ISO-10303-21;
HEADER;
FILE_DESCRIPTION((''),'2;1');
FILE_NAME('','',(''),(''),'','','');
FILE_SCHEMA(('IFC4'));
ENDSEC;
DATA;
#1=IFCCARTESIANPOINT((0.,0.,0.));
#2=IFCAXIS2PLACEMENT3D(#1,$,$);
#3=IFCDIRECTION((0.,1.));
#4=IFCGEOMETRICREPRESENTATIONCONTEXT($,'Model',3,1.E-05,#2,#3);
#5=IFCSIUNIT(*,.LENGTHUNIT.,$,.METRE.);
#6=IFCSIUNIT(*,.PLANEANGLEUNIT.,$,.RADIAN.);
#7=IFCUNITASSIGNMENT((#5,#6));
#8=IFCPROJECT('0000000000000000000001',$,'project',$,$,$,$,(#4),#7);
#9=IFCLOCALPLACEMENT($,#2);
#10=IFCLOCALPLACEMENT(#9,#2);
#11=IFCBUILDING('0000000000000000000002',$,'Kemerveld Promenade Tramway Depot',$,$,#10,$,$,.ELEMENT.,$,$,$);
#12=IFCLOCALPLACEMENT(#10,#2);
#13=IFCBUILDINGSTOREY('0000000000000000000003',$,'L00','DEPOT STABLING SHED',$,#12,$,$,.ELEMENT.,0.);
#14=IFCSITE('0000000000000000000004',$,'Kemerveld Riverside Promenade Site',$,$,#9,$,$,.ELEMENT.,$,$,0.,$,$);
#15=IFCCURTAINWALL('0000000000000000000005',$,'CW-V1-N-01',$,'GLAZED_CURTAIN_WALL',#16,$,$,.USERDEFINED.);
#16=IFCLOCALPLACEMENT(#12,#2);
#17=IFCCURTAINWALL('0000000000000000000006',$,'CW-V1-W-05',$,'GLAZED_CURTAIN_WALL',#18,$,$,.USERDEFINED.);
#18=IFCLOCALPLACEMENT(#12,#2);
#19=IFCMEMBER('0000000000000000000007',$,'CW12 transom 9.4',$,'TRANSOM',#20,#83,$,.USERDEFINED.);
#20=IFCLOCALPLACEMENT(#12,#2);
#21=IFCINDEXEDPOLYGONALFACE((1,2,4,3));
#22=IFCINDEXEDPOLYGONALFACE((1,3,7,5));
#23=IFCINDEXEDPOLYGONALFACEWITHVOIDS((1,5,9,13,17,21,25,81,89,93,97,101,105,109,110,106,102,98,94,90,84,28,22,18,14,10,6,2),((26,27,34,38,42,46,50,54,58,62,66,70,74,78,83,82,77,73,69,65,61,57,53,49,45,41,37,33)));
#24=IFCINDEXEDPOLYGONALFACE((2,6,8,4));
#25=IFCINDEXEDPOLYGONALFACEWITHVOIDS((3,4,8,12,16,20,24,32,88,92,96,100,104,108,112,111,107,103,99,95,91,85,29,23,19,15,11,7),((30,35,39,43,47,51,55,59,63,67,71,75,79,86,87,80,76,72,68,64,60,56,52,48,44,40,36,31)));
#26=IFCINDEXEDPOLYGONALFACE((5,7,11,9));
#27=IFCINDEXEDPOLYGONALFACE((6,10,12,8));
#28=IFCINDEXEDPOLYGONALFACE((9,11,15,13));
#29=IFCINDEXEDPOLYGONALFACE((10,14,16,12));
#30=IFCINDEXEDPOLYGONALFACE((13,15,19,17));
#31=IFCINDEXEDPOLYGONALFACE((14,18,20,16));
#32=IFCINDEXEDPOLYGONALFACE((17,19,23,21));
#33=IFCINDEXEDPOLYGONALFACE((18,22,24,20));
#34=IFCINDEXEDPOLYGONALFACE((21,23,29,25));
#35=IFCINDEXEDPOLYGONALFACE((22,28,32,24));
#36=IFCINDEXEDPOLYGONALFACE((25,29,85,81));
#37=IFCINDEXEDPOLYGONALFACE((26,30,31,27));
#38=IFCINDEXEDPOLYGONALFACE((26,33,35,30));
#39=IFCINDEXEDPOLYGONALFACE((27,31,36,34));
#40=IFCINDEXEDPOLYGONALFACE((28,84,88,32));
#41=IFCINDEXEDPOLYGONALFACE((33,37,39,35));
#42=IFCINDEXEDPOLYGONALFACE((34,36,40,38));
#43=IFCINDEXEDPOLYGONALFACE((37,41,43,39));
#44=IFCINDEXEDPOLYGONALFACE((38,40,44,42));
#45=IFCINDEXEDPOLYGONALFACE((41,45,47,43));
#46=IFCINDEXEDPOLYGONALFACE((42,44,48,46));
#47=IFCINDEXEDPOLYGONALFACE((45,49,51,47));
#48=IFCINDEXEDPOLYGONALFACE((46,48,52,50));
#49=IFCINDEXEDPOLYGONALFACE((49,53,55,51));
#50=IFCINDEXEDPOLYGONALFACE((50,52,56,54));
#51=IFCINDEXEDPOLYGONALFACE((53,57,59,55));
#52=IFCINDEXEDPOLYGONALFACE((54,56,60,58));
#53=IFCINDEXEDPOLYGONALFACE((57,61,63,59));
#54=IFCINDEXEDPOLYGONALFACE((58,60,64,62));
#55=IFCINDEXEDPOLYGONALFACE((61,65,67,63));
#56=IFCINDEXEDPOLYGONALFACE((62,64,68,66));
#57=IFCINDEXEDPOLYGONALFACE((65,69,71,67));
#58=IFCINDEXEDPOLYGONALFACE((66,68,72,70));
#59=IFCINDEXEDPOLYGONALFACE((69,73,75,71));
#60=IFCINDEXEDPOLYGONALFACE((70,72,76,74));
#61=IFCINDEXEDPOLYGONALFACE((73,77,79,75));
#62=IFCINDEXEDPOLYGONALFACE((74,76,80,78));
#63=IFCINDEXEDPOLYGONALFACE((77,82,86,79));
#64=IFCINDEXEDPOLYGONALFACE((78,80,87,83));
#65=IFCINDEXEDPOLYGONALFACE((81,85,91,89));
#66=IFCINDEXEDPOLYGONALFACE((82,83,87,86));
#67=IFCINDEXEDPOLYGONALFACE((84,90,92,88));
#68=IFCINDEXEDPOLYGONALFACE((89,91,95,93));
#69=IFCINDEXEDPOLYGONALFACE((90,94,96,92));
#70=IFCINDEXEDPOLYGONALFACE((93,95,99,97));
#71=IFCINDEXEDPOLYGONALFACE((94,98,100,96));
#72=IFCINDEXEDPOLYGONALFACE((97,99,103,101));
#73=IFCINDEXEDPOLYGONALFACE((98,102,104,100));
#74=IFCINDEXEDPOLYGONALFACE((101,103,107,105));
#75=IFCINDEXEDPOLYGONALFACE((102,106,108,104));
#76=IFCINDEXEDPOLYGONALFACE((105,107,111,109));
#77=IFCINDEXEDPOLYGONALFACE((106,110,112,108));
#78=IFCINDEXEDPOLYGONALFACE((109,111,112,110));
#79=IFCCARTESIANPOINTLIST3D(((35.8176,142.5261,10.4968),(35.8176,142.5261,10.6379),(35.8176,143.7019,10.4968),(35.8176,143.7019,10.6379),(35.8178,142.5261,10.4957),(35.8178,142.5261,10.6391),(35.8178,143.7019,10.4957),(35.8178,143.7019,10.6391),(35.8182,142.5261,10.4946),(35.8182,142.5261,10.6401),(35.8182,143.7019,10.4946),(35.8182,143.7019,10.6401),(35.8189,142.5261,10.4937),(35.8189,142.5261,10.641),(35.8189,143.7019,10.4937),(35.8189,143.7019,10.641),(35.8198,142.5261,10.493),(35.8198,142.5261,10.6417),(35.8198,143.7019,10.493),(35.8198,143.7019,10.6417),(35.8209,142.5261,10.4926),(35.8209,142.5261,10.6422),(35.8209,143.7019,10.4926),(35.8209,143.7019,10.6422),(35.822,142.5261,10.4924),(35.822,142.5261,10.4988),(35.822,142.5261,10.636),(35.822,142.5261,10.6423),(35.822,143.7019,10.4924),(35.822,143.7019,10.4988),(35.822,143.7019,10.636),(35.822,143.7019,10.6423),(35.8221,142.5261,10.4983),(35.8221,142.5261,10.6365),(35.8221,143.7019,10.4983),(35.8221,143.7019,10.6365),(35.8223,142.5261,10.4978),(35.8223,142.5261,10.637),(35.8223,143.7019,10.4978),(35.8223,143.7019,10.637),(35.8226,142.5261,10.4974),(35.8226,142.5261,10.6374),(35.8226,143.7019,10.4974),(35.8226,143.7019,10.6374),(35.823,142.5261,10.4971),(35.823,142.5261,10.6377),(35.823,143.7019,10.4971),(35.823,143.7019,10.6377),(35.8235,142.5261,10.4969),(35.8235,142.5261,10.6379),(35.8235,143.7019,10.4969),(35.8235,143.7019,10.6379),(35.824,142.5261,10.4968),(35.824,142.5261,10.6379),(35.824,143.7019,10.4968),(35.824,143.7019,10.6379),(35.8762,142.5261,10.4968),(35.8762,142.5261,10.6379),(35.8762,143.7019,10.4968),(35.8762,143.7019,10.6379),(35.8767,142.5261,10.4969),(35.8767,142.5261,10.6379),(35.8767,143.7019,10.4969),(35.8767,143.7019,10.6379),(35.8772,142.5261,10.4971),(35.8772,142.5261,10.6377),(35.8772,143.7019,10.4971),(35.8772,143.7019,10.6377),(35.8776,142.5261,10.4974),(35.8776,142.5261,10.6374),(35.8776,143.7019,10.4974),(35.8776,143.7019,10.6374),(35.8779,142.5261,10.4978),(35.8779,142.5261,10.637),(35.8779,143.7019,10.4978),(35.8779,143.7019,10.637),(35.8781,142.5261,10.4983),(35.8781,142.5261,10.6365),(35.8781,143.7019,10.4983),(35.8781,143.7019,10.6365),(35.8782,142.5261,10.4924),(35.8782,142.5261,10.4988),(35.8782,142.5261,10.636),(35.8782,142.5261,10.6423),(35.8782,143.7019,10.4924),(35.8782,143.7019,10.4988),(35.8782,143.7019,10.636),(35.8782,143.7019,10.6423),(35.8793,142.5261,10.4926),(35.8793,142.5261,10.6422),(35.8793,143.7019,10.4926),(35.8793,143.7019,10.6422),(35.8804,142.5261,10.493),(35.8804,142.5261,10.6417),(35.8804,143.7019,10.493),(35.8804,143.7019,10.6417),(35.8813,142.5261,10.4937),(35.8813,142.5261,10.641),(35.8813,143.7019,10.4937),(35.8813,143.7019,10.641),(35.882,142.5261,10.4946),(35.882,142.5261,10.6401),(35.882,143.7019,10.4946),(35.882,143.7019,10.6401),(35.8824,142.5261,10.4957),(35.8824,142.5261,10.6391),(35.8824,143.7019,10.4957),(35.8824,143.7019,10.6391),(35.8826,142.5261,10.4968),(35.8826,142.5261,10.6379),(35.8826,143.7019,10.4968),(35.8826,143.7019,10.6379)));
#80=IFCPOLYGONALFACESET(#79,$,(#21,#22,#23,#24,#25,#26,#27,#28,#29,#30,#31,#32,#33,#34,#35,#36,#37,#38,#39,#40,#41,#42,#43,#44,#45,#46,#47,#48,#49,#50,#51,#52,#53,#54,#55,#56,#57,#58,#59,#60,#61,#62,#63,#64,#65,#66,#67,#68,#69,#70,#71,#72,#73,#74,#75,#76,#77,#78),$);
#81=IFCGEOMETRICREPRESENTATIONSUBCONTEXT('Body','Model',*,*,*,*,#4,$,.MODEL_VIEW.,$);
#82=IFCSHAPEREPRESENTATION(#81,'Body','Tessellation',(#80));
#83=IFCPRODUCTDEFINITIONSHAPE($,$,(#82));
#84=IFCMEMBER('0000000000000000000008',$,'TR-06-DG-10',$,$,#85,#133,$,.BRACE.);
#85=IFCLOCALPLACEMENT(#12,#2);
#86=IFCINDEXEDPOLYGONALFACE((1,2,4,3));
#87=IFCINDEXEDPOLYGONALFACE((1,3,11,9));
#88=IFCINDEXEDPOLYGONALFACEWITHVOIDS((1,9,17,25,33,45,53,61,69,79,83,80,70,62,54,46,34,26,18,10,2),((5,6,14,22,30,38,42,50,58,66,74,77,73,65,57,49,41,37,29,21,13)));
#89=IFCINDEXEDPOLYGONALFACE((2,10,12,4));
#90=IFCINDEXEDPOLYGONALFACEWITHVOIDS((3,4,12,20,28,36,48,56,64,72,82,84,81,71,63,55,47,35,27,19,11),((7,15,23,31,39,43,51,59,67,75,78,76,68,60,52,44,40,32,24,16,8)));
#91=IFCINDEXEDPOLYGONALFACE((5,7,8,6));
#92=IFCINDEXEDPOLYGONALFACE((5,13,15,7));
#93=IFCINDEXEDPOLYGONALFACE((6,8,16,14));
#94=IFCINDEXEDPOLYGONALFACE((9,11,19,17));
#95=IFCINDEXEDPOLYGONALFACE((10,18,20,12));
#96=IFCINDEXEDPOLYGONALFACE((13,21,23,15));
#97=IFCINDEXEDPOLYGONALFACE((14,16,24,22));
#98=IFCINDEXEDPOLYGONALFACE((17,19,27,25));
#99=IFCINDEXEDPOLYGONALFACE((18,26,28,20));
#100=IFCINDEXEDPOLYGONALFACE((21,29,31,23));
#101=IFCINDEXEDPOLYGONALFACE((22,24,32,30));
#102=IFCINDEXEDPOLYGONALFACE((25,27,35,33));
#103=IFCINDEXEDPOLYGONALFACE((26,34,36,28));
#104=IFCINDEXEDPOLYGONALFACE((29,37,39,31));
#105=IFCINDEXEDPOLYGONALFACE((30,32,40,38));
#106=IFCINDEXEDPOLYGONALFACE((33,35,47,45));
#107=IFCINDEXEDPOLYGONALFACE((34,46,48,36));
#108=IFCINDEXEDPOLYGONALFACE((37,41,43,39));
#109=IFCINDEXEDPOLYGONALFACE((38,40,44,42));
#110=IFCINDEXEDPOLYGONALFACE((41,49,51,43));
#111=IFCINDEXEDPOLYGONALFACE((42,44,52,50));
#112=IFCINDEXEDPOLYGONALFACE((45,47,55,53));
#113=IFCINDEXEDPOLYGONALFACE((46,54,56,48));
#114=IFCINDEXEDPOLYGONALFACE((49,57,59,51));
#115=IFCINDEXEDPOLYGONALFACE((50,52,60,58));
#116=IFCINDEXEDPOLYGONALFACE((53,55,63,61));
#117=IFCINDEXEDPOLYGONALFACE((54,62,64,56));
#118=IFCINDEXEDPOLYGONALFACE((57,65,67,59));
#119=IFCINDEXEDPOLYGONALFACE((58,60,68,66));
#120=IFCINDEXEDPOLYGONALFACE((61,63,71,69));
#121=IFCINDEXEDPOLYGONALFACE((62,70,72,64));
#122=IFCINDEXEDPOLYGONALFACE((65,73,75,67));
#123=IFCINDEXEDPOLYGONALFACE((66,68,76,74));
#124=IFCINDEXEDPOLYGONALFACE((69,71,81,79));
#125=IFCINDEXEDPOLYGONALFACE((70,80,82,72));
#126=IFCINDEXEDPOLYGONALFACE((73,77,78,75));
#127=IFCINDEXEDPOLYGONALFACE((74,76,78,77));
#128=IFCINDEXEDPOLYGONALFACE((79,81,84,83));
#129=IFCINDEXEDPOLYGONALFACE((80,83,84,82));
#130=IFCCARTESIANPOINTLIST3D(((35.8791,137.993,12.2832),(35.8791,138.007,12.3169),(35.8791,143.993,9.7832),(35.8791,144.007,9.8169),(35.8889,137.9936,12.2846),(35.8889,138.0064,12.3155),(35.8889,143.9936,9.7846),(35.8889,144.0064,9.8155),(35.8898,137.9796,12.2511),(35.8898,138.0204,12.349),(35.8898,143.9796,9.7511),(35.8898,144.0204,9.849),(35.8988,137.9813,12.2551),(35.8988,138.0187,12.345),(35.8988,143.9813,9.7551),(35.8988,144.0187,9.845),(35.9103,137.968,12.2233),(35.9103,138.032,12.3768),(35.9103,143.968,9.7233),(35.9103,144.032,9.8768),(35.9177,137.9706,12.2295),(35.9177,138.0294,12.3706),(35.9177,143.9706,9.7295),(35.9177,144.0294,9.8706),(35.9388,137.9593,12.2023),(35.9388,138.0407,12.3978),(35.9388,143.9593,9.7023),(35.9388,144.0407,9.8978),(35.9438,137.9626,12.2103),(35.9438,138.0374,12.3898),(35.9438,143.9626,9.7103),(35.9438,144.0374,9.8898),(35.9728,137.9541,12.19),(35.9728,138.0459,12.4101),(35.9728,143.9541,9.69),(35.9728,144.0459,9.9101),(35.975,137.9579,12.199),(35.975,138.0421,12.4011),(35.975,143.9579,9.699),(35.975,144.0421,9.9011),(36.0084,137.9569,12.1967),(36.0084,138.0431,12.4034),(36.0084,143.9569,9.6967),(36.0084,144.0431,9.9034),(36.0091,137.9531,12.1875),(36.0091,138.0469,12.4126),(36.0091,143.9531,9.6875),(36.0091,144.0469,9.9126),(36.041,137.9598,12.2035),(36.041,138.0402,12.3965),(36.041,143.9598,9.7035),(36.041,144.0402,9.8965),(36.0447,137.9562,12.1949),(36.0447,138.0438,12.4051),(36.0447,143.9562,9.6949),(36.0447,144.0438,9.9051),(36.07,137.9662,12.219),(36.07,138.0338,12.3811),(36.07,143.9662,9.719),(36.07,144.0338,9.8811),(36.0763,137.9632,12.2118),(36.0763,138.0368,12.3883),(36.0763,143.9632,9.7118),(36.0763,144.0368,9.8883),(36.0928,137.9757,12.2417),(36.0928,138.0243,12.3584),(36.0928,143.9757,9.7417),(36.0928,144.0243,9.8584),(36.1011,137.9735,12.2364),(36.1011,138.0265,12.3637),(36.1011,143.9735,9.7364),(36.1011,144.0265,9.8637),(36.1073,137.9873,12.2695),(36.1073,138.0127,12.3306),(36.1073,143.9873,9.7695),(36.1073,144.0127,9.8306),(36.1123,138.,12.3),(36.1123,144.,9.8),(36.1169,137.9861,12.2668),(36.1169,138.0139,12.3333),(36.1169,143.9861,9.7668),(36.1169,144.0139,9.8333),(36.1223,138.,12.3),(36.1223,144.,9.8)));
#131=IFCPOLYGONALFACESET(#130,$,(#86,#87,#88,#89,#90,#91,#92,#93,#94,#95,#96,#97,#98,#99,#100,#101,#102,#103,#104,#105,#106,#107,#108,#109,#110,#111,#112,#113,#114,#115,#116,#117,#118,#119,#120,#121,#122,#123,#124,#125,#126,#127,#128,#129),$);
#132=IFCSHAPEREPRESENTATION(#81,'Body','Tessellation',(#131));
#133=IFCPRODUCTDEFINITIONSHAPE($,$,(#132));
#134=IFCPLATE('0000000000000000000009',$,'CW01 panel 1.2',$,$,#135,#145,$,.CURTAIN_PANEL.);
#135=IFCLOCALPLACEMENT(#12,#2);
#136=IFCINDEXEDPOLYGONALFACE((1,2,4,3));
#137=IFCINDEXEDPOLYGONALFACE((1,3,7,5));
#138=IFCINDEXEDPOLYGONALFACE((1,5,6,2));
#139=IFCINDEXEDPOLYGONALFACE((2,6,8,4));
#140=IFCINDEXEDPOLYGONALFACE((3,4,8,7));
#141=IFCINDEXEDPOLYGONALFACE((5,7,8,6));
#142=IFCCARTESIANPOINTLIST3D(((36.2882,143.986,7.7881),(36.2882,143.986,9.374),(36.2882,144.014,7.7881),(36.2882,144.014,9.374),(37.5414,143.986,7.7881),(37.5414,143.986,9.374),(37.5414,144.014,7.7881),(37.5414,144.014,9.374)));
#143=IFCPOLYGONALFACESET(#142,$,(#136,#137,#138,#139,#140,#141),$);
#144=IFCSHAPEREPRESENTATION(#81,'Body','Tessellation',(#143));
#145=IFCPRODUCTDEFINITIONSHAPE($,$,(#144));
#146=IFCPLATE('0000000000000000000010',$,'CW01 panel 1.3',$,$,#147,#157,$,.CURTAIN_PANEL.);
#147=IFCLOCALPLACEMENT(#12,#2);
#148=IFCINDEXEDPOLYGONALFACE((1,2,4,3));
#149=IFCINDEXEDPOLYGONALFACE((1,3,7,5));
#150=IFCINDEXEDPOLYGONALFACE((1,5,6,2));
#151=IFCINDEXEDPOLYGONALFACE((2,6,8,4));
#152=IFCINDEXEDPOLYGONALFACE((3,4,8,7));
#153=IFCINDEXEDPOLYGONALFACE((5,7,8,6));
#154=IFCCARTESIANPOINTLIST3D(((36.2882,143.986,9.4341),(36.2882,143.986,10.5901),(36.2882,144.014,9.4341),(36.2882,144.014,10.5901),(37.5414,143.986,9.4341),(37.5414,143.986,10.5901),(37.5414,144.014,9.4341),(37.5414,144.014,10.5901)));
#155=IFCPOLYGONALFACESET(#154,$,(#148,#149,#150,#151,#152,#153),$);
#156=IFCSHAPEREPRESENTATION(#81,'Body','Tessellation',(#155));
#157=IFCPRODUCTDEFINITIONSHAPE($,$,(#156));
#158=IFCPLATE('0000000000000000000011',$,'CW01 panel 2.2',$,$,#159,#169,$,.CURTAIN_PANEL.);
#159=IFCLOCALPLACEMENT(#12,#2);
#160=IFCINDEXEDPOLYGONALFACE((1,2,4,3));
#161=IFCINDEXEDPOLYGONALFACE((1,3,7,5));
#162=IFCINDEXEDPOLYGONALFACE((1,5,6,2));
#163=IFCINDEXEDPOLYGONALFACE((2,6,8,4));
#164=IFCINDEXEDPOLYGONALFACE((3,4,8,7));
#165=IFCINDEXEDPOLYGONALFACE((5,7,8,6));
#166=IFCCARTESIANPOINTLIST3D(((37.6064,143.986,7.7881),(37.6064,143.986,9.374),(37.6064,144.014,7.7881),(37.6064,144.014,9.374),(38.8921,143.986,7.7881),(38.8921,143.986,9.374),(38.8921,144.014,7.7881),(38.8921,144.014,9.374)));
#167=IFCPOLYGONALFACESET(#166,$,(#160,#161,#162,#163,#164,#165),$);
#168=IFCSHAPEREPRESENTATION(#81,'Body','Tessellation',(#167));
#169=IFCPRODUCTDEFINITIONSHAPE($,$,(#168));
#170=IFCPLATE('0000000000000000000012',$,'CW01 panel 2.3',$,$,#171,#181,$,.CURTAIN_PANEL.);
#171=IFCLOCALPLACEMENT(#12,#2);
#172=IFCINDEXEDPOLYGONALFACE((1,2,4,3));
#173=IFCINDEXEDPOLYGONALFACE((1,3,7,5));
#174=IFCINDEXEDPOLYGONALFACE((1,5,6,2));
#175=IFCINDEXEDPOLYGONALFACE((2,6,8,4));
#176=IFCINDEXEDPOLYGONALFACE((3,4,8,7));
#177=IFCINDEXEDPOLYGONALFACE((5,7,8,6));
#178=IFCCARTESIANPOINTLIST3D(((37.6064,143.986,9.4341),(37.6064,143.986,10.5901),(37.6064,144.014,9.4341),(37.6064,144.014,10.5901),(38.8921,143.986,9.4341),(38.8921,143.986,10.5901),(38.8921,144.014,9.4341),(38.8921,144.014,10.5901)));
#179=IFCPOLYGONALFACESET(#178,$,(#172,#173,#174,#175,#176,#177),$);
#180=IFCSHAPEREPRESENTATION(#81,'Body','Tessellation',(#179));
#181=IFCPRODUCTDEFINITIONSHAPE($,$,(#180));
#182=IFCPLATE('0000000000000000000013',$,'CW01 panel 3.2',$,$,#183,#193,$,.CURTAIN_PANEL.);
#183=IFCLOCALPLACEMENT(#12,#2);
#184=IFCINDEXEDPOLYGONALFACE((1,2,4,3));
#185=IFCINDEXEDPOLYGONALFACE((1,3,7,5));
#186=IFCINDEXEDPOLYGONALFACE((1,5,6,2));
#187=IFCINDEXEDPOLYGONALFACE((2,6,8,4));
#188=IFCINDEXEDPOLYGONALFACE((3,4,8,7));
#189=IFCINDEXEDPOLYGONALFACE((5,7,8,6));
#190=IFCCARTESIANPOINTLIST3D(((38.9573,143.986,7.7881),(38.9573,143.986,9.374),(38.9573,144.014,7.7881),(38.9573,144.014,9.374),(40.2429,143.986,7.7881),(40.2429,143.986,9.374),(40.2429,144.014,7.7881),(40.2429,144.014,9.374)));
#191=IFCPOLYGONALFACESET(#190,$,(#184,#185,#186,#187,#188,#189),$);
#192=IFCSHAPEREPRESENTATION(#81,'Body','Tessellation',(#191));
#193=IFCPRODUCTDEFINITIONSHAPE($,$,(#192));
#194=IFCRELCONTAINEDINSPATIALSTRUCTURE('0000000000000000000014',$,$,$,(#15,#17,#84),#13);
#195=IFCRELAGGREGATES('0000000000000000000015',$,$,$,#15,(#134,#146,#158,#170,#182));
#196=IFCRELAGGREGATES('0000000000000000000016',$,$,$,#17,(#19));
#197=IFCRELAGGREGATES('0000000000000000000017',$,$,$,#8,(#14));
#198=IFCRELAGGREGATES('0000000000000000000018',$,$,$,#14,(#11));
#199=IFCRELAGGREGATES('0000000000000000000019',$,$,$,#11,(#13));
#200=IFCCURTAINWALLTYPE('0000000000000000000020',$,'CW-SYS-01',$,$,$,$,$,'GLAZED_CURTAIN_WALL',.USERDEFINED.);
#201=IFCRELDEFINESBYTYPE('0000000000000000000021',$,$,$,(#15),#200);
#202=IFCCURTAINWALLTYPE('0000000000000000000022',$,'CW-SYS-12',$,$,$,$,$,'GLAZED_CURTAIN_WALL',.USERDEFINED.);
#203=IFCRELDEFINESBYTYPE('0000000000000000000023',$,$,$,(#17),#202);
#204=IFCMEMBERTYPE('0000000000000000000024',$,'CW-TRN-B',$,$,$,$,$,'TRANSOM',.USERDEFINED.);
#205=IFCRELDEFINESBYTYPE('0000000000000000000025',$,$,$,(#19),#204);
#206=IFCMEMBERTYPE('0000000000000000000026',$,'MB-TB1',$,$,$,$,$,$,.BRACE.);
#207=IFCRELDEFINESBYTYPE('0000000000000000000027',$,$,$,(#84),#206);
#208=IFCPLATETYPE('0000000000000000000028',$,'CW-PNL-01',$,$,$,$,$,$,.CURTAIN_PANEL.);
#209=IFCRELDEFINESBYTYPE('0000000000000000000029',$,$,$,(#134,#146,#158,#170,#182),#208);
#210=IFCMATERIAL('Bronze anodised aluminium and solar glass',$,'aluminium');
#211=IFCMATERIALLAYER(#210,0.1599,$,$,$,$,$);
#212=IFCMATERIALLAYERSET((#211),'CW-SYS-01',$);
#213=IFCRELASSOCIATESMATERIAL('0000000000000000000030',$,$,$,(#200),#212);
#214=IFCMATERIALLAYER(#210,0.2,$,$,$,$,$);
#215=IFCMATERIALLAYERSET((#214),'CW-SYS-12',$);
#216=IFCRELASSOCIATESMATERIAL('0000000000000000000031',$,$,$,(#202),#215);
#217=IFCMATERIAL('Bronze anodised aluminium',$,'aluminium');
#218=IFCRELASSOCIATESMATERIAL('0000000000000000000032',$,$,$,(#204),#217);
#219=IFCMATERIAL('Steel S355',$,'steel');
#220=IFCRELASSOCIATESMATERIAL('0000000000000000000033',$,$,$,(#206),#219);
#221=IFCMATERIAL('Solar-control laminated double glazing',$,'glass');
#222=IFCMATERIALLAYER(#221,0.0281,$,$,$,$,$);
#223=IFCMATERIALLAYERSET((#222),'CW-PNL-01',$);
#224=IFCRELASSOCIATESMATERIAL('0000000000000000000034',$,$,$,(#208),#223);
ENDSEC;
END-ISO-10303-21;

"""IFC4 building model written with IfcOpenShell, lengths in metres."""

from ifc_helpers import new_model, si_unit, direction, frame, origin, origin_2d, place, context, subcontext, project, spatial, rectangle, hollow_rectangle, hollow_circle, extrude, material, layer, layer_set, material_profile, profile_set, type_object, element, aggregate, save


model = new_model("IFC4")

# Units and contexts
model_context = context("Model", 3, precision=1e-05, world=origin(), true_north=direction((0.0, 1.0)))
body_context = subcontext(model_context, "Body", "Model", "MODEL_VIEW")
ifc_project = project(units=[si_unit("LENGTHUNIT", "METRE"), si_unit("PLANEANGLEUNIT", "RADIAN")], contexts=[model_context])

# Site, building, storey
site_placement = place(None, origin())
site = spatial("IfcSite", under=ifc_project, at=site_placement, Name="Kemerveld Riverside Promenade Site", CompositionType="ELEMENT", RefElevation=0.0)
building_placement = place(site_placement, origin())
building = spatial("IfcBuilding", under=site, at=building_placement, Name="Kemerveld Promenade Tramway Depot", CompositionType="ELEMENT")
storey_placement = place(building_placement, origin())
storey = spatial("IfcBuildingStorey", under=building, at=storey_placement, Name="L00", Description="DEPOT STABLING SHED", CompositionType="ELEMENT", Elevation=0.0)

# Shared definitions
ifc_material_1 = material(Name="Steel S355", Category="steel")

# Curtain walls, member
ifc_material_2 = material(Name="Bronze anodised aluminium and solar glass", Category="aluminium")
ifc_layer_1 = layer(ifc_material_2, 0.1599)
ifc_layer_set_1 = layer_set([ifc_layer_1], Name="CW-SYS-01")
curtain_wall_type_1 = type_object("IfcCurtainWallType", Name="CW-SYS-01", ElementType="GLAZED_CURTAIN_WALL", PredefinedType="USERDEFINED", material=ifc_layer_set_1)
curtain_wall_1_placement = place(storey_placement, origin())
curtain_wall_1 = element("IfcCurtainWall", 1, at=curtain_wall_1_placement, inside=storey, type_object=curtain_wall_type_1, Name="CW-V1-N-01", ObjectType="GLAZED_CURTAIN_WALL", PredefinedType="USERDEFINED")
ifc_material_3 = material(Name="Bronze anodised aluminium", Category="aluminium")
ifc_layer_2 = layer(ifc_material_2, 0.2)
ifc_layer_set_2 = layer_set([ifc_layer_2], Name="CW-SYS-12")
curtain_wall_type_2 = type_object("IfcCurtainWallType", Name="CW-SYS-12", ElementType="GLAZED_CURTAIN_WALL", PredefinedType="USERDEFINED", material=ifc_layer_set_2)
curtain_wall_2_placement = place(storey_placement, origin())
curtain_wall_2 = element("IfcCurtainWall", 2, at=curtain_wall_2_placement, inside=storey, type_object=curtain_wall_type_2, Name="CW-V1-W-05", ObjectType="GLAZED_CURTAIN_WALL", PredefinedType="USERDEFINED")
ifc_material_profile_1 = material_profile(ifc_material_3, hollow_rectangle(XDim=0.0649, YDim=0.1499, WallThickness=0.0044, InnerFilletRadius=0.002, OuterFilletRadius=0.0044, at=origin_2d()), Name="CW-TRN-150x65")
ifc_profile_set_1 = profile_set([ifc_material_profile_1], Name="Bronze anodised aluminium")
member_type_1 = type_object("IfcMemberType", Name="CW-TRN-B", ElementType="TRANSOM", PredefinedType="USERDEFINED", material=ifc_profile_set_1)
member_1_placement = place(storey_placement, frame((35.8501, 142.5261, 10.5674), z_axis=(0.0, 1.0, 0.0), x_axis=(-1.0, 0.0, 0.0)))
member_1 = element("IfcMember", 3, at=member_1_placement, type_object=member_type_1, Name="CW12 transom 9.4", ObjectType="TRANSOM", PredefinedType="USERDEFINED", context=body_context, shape_type="SweptSolid", body=[
    extrude(hollow_rectangle(XDim=0.0649, YDim=0.1499, WallThickness=0.0044, InnerFilletRadius=0.002, OuterFilletRadius=0.0044, at=origin_2d()), origin(), (0.0, 0.0, 1.0), 1.1758),
])

# Member
ifc_material_profile_2 = material_profile(ifc_material_1, hollow_circle(Radius=0.1223, WallThickness=0.01, at=origin_2d()), Name="244.5x10.0 CHS")
ifc_profile_set_2 = profile_set([ifc_material_profile_2], Name="Steel S355")
member_type_2 = type_object("IfcMemberType", Name="MB-TB1", PredefinedType="BRACE", material=ifc_profile_set_2)
member_2_placement = place(storey_placement, frame((36.0, 144.0, 9.8), z_axis=(0.0, -0.923077, 0.384615), x_axis=(1.0, 0.0, 0.0)))
element("IfcMember", 4, at=member_2_placement, inside=storey, type_object=member_type_2, Name="TR-06-DG-10", PredefinedType="BRACE", context=body_context, shape_type="SweptSolid", body=[
    extrude(hollow_circle(Radius=0.1223, WallThickness=0.01, at=origin_2d()), origin(), (0.0, 0.0, 1.0), 6.5),
])

# Plates
ifc_material_4 = material(Name="Solar-control laminated double glazing", Category="glass")
ifc_layer_3 = layer(ifc_material_4, 0.0281)
ifc_layer_set_3 = layer_set([ifc_layer_3], Name="CW-PNL-01")
plate_type_1 = type_object("IfcPlateType", Name="CW-PNL-01", PredefinedType="CURTAIN_PANEL", material=ifc_layer_set_3)
plate_1_placement = place(storey_placement, frame((36.9148, 144.0, 7.7881), z_axis=(0.0, 0.0, 1.0), x_axis=(1.0, 0.0, 0.0)))
plate_1 = element("IfcPlate", 5, at=plate_1_placement, type_object=plate_type_1, Name="CW01 panel 1.2", PredefinedType="CURTAIN_PANEL", context=body_context, shape_type="SweptSolid", body=[
    extrude(rectangle(XDim=1.2532, YDim=0.0281, at=origin_2d()), origin(), (0.0, 0.0, 1.0), 1.5859),
])
plate_2_placement = place(storey_placement, frame((36.9148, 144.0, 9.4341), z_axis=(0.0, 0.0, 1.0), x_axis=(1.0, 0.0, 0.0)))
plate_2 = element("IfcPlate", 6, at=plate_2_placement, type_object=plate_type_1, Name="CW01 panel 1.3", PredefinedType="CURTAIN_PANEL", context=body_context, shape_type="SweptSolid", body=[
    extrude(rectangle(XDim=1.2532, YDim=0.0281, at=origin_2d()), origin(), (0.0, 0.0, 1.0), 1.156),
])
plate_3_placement = place(storey_placement, frame((38.2493, 144.0, 7.7881), z_axis=(0.0, 0.0, 1.0), x_axis=(1.0, 0.0, 0.0)))
plate_3 = element("IfcPlate", 7, at=plate_3_placement, type_object=plate_type_1, Name="CW01 panel 2.2", PredefinedType="CURTAIN_PANEL", context=body_context, shape_type="SweptSolid", body=[
    extrude(rectangle(XDim=1.2856, YDim=0.0281, at=origin_2d()), origin(), (0.0, 0.0, 1.0), 1.5859),
])
plate_4_placement = place(storey_placement, frame((38.2493, 144.0, 9.4341), z_axis=(0.0, 0.0, 1.0), x_axis=(1.0, 0.0, 0.0)))
plate_4 = element("IfcPlate", 8, at=plate_4_placement, type_object=plate_type_1, Name="CW01 panel 2.3", PredefinedType="CURTAIN_PANEL", context=body_context, shape_type="SweptSolid", body=[
    extrude(rectangle(XDim=1.2856, YDim=0.0281, at=origin_2d()), origin(), (0.0, 0.0, 1.0), 1.156),
])
plate_5_placement = place(storey_placement, frame((39.6001, 144.0, 7.7881), z_axis=(0.0, 0.0, 1.0), x_axis=(1.0, 0.0, 0.0)))
plate_5 = element("IfcPlate", 9, at=plate_5_placement, type_object=plate_type_1, Name="CW01 panel 3.2", PredefinedType="CURTAIN_PANEL", context=body_context, shape_type="SweptSolid", body=[
    extrude(rectangle(XDim=1.2856, YDim=0.0281, at=origin_2d()), origin(), (0.0, 0.0, 1.0), 1.5859),
])
aggregate(curtain_wall_1, [plate_1, plate_2, plate_3, plate_4, plate_5])
aggregate(curtain_wall_2, [member_1])

save(model, "model.ifc")
